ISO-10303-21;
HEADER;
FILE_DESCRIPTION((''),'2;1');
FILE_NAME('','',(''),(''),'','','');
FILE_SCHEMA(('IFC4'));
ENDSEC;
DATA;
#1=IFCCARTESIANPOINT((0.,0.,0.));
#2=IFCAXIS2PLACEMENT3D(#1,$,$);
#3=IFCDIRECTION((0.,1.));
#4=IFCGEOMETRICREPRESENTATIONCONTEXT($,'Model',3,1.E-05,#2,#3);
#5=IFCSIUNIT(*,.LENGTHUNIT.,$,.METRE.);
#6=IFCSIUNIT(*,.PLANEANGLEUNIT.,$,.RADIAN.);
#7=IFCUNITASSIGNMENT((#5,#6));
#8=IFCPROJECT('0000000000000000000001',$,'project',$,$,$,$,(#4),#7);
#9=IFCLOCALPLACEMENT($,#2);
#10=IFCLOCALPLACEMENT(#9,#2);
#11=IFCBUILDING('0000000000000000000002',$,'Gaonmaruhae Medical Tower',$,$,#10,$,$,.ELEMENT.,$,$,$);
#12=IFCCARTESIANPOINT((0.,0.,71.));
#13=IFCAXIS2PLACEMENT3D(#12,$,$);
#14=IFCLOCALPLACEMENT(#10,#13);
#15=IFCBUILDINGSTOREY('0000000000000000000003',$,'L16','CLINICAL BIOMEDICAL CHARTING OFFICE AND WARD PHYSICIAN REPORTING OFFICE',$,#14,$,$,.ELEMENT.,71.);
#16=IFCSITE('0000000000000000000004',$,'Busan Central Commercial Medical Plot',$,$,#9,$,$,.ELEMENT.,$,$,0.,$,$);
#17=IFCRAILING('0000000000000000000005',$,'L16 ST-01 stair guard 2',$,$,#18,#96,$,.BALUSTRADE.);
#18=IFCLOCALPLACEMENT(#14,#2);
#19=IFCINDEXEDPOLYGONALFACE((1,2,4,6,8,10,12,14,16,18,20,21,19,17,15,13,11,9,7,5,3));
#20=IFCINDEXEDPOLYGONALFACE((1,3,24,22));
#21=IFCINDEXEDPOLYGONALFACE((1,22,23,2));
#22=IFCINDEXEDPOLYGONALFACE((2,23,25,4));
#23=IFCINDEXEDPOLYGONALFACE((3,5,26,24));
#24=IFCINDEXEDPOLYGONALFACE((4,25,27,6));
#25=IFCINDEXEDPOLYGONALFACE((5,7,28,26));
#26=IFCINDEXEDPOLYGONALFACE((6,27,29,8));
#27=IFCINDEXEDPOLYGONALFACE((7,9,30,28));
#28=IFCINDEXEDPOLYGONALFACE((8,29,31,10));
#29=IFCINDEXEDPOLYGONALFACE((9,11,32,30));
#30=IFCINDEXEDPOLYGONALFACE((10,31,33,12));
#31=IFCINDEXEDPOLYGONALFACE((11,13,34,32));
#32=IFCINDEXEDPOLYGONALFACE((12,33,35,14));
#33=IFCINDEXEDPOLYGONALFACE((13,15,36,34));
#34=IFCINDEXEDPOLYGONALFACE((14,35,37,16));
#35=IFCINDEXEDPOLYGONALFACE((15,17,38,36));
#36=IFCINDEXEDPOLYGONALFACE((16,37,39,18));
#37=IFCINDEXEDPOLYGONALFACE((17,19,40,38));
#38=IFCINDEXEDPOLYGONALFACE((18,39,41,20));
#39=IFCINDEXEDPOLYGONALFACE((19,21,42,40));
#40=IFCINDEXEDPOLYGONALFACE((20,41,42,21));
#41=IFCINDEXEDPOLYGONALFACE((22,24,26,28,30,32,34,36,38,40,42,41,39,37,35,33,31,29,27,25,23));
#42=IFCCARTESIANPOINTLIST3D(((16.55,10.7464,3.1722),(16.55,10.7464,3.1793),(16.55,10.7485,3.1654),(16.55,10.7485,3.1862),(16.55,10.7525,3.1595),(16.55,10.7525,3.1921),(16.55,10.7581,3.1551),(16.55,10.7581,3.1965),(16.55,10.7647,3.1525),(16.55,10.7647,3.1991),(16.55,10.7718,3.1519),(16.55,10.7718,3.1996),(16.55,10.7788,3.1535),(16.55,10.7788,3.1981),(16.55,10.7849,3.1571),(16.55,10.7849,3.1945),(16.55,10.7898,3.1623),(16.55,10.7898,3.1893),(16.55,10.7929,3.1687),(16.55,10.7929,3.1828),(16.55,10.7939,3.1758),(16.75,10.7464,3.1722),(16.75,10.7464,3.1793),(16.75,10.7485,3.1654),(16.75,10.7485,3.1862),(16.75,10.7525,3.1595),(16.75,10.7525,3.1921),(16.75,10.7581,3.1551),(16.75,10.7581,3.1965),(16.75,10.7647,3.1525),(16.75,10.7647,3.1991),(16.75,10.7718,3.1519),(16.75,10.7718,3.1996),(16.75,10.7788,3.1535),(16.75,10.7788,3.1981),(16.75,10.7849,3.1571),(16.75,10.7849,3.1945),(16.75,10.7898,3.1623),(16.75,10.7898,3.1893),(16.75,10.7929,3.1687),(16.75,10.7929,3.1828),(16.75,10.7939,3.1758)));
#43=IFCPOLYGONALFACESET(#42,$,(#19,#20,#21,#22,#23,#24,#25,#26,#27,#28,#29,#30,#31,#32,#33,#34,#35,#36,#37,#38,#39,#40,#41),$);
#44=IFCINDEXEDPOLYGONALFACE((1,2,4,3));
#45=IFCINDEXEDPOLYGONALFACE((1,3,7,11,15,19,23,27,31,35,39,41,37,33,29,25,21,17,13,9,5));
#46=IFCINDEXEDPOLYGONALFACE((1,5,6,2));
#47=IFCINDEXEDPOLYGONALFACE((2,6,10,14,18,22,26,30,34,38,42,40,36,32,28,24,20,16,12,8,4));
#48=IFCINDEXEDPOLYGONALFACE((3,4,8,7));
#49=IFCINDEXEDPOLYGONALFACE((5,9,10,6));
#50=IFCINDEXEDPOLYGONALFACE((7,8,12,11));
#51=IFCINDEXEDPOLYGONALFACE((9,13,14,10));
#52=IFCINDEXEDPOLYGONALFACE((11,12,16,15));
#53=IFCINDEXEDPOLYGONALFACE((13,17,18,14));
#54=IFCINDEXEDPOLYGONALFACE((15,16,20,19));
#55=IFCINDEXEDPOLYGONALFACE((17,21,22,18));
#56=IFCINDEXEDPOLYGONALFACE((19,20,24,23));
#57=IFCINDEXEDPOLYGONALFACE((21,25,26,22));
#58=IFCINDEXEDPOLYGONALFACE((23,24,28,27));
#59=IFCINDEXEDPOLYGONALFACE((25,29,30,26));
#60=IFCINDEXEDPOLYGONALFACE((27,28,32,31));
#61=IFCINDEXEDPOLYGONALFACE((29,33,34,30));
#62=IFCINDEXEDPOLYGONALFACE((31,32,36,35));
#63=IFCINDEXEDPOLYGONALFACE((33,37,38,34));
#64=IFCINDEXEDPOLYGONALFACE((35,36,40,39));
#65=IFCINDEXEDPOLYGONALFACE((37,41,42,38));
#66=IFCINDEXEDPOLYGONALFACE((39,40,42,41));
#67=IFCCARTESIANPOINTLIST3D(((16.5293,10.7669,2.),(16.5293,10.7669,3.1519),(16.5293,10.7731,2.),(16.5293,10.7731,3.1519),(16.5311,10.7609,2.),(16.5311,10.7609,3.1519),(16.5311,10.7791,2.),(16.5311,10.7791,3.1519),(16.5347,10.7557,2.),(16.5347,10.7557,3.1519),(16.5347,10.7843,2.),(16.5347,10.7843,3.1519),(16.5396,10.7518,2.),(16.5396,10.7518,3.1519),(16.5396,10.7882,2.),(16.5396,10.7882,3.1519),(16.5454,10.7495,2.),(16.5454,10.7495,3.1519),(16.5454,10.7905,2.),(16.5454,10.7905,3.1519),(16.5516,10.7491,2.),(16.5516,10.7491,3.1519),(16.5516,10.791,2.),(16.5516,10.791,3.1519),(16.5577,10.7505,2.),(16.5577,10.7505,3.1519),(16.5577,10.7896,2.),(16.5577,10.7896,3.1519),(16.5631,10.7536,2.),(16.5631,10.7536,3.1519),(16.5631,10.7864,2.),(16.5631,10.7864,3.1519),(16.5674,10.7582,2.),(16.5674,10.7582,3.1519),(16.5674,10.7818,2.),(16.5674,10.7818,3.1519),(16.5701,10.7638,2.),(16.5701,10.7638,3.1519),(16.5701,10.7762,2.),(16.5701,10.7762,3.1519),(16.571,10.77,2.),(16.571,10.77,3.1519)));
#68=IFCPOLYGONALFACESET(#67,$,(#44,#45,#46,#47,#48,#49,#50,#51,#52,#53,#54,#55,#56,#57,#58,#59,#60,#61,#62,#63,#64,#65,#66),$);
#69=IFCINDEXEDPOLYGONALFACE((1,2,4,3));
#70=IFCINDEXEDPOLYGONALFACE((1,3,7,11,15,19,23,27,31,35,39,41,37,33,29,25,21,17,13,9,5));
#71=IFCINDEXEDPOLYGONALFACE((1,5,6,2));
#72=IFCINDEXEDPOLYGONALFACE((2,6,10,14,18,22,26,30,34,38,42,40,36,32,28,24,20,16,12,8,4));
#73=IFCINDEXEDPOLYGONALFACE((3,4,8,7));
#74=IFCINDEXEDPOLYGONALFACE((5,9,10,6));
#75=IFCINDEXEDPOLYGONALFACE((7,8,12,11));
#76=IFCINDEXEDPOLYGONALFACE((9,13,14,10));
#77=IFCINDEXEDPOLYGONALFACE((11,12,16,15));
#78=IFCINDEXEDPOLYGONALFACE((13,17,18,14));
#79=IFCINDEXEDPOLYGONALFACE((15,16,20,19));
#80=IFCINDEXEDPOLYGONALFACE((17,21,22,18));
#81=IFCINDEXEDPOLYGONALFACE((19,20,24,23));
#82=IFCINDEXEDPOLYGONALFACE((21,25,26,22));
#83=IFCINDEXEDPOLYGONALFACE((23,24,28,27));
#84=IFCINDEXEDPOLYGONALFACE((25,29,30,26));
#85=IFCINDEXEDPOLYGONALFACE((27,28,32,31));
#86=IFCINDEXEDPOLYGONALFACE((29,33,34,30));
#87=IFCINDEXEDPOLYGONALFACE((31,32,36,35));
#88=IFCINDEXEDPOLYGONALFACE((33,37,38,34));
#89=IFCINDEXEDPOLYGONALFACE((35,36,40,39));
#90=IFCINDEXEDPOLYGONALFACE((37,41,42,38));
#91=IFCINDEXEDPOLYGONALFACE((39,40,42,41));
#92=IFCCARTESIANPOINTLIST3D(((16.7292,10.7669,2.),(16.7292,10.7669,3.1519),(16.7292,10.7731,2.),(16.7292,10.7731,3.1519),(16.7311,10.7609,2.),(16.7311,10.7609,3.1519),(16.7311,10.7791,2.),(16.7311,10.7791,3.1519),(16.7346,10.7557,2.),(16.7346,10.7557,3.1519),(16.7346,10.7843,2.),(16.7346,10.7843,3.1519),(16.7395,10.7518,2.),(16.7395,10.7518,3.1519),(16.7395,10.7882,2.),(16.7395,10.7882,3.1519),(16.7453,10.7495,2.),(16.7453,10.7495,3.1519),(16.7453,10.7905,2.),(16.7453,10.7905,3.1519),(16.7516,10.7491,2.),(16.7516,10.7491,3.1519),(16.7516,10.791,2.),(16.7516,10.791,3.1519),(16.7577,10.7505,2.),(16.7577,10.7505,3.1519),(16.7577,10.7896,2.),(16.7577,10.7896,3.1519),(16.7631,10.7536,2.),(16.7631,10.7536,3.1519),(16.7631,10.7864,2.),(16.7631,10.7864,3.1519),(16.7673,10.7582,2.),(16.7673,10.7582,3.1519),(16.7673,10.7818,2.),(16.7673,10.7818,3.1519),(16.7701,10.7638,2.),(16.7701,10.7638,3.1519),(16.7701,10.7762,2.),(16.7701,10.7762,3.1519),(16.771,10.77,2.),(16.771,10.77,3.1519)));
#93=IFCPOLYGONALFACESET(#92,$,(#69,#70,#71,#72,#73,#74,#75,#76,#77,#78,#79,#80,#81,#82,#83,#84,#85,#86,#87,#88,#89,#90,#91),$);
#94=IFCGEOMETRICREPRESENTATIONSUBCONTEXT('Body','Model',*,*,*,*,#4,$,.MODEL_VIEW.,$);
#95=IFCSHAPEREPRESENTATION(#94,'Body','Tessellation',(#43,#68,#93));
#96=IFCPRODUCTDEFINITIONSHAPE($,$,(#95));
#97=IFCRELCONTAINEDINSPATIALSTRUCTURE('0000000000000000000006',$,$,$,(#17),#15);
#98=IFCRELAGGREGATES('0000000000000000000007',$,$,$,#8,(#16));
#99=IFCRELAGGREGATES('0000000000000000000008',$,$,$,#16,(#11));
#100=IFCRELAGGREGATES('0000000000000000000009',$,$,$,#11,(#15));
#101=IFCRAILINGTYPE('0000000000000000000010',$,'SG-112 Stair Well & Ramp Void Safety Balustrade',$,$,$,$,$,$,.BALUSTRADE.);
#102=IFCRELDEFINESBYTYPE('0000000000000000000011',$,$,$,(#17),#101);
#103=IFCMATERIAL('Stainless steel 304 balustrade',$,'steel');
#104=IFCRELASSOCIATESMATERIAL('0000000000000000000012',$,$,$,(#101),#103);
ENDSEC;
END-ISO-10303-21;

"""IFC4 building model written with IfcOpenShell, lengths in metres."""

from ifc_helpers import new_model, si_unit, direction, frame, origin, origin_2d, place, context, subcontext, project, spatial, circle, extrude, material, type_object, element, save


model = new_model("IFC4")

# Units and contexts
model_context = context("Model", 3, precision=1e-05, world=origin(), true_north=direction((0.0, 1.0)))
body_context = subcontext(model_context, "Body", "Model", "MODEL_VIEW")
ifc_project = project(units=[si_unit("LENGTHUNIT", "METRE"), si_unit("PLANEANGLEUNIT", "RADIAN")], contexts=[model_context])

# Site, building, storey
site_placement = place(None, origin())
site = spatial("IfcSite", under=ifc_project, at=site_placement, Name="Busan Central Commercial Medical Plot", CompositionType="ELEMENT", RefElevation=0.0)
building_placement = place(site_placement, origin())
building = spatial("IfcBuilding", under=site, at=building_placement, Name="Gaonmaruhae Medical Tower", CompositionType="ELEMENT")
storey_placement = place(building_placement, frame((0.0, 0.0, 71.0)))
storey = spatial("IfcBuildingStorey", under=building, at=storey_placement, Name="L16", Description="CLINICAL BIOMEDICAL CHARTING OFFICE AND WARD PHYSICIAN REPORTING OFFICE", CompositionType="ELEMENT", Elevation=71.0)

# Railing
ifc_material_1 = material(Name="Stainless steel 304 balustrade", Category="steel")
railing_type_1 = type_object("IfcRailingType", Name="SG-112 Stair Well & Ramp Void Safety Balustrade", PredefinedType="BALUSTRADE", material=ifc_material_1)
railing_1_placement = place(storey_placement, frame((16.55, 10.77, 2.0)))
element("IfcRailing", 1, at=railing_1_placement, inside=storey, type_object=railing_type_1, Name="L16 ST-01 stair guard 2", PredefinedType="BALUSTRADE", context=body_context, shape_type="SweptSolid", body=[
    extrude(circle(Radius=0.0239, at=origin_2d()), frame((0.0, 0.0, 1.1758), z_axis=(1.0, 0.0, 0.0), x_axis=(0.0, 1.0, 0.0)), (0.0, 0.0, 1.0), 0.2),
    extrude(circle(Radius=0.021, at=origin_2d()), origin(), (0.0, 0.0, 1.0), 1.1519),
    extrude(circle(Radius=0.021, at=origin_2d()), frame((0.2, 0.0, 0.0)), (0.0, 0.0, 1.0), 1.1519),
])

save(model, "model.ifc")
